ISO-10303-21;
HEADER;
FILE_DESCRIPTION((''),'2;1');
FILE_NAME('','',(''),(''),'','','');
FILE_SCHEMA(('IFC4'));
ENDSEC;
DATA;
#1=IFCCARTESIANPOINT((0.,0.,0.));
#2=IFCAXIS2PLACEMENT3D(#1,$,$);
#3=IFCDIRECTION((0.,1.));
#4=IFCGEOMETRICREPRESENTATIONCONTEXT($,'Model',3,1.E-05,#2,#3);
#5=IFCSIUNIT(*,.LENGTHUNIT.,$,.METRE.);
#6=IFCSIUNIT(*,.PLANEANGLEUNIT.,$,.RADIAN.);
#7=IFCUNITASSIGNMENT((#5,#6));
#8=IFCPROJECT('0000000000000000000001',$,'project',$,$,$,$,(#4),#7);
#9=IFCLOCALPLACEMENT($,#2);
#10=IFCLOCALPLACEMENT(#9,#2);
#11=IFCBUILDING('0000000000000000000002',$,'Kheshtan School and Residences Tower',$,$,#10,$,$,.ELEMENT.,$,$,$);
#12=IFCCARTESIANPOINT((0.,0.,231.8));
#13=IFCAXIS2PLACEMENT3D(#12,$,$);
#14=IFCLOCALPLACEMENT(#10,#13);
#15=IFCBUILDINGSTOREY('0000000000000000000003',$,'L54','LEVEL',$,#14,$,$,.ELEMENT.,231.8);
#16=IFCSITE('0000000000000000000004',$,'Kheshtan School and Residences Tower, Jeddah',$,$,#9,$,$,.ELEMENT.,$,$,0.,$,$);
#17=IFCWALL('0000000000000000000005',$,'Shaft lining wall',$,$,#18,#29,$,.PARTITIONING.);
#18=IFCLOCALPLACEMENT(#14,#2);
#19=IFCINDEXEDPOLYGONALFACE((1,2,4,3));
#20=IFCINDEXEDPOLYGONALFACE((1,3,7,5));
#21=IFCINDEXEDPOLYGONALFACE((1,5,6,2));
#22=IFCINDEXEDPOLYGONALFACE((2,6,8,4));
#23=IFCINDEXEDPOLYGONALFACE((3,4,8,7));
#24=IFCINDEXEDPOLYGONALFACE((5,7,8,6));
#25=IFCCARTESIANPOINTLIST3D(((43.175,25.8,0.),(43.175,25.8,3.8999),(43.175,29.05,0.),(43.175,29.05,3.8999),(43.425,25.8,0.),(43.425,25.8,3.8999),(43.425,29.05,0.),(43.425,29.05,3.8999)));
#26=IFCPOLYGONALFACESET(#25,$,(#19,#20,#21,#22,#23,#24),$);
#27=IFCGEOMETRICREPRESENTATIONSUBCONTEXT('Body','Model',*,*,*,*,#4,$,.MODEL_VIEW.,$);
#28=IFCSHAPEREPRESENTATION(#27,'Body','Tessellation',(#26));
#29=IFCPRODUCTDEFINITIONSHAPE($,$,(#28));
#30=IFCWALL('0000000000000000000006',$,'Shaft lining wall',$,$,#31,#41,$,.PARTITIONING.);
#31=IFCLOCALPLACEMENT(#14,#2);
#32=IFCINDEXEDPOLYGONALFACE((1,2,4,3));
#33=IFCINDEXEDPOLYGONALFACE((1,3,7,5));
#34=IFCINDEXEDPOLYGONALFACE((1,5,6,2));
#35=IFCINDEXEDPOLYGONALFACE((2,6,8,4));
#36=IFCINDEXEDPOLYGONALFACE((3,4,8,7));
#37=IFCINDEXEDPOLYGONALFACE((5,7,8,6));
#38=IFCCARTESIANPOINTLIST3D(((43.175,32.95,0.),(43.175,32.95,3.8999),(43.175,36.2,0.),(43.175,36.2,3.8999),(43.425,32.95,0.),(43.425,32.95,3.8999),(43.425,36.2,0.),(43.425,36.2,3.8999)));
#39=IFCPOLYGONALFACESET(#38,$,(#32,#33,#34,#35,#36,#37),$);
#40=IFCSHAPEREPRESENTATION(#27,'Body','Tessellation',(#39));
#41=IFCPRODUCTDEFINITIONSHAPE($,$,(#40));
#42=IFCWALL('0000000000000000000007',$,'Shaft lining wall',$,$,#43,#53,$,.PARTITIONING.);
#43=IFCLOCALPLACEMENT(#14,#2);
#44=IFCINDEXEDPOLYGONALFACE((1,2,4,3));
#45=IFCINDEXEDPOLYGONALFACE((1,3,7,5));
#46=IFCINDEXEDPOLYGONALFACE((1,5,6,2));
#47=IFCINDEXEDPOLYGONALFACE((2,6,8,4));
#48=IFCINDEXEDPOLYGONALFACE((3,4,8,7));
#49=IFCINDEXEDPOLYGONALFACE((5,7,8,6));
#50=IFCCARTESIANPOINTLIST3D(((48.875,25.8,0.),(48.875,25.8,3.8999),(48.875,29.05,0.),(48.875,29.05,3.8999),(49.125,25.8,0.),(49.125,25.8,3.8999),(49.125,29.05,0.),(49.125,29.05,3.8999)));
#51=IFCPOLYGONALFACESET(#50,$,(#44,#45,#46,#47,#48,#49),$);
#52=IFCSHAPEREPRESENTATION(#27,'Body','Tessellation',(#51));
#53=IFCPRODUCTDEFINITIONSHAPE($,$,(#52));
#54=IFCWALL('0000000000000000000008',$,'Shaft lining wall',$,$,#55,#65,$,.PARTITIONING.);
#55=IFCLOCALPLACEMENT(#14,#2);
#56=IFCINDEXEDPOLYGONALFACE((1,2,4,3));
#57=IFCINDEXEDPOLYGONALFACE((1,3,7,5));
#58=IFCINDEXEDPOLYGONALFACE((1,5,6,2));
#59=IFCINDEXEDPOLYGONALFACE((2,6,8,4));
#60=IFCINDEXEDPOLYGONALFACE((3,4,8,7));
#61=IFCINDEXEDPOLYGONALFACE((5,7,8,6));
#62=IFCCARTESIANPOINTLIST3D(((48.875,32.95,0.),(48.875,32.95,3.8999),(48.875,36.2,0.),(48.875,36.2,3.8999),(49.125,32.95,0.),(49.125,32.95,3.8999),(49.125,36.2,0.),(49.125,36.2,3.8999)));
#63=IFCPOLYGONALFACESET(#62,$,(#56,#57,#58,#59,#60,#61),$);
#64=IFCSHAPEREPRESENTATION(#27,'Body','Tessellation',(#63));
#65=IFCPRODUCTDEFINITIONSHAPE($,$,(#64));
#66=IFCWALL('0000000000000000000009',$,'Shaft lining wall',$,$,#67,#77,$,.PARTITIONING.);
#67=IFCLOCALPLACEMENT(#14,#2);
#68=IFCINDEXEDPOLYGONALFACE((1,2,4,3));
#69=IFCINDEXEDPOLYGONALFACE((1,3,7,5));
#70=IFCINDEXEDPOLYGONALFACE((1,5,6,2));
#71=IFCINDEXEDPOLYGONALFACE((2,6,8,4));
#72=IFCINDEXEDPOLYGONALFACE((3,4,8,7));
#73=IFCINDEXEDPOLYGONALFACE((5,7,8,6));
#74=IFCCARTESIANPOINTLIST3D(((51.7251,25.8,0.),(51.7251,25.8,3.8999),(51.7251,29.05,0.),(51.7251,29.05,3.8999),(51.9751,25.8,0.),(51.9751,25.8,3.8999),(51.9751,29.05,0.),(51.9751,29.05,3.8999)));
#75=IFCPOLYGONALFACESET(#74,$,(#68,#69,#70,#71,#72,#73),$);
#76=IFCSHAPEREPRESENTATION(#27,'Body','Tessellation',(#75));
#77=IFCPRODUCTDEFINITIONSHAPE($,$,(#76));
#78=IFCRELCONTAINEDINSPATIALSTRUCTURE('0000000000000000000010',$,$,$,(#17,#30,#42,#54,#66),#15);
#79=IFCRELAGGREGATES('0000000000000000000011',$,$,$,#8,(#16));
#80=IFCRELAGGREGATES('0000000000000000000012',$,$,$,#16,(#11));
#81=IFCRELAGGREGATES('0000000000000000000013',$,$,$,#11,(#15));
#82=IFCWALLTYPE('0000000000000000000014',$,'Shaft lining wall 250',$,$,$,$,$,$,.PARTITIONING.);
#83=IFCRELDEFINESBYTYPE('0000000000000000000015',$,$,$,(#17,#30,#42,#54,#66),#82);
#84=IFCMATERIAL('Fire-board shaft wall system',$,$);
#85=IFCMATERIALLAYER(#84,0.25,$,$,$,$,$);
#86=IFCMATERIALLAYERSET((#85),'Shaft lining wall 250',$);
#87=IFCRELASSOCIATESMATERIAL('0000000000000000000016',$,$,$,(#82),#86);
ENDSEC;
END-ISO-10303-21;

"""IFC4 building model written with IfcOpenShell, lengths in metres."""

from ifc_helpers import new_model, si_unit, direction, frame, frame_2d, origin, place, context, subcontext, project, spatial, rectangle, extrude, material, layer, layer_set, type_object, element, save


model = new_model("IFC4")

# Units and contexts
model_context = context("Model", 3, precision=1e-05, world=origin(), true_north=direction((0.0, 1.0)))
body_context = subcontext(model_context, "Body", "Model", "MODEL_VIEW")
ifc_project = project(units=[si_unit("LENGTHUNIT", "METRE"), si_unit("PLANEANGLEUNIT", "RADIAN")], contexts=[model_context])

# Site, building, storey
site_placement = place(None, origin())
site = spatial("IfcSite", under=ifc_project, at=site_placement, Name="Kheshtan School and Residences Tower, Jeddah", CompositionType="ELEMENT", RefElevation=0.0)
building_placement = place(site_placement, origin())
building = spatial("IfcBuilding", under=site, at=building_placement, Name="Kheshtan School and Residences Tower", CompositionType="ELEMENT")
storey_placement = place(building_placement, frame((0.0, 0.0, 231.8)))
storey = spatial("IfcBuildingStorey", under=building, at=storey_placement, Name="L54", Description="LEVEL", CompositionType="ELEMENT", Elevation=231.8)

# Walls
ifc_material_1 = material(Name="Fire-board shaft wall system")
ifc_layer = layer(ifc_material_1, 0.25)
ifc_layer_set = layer_set([ifc_layer], Name="Shaft lining wall 250")
wall_type = type_object("IfcWallType", Name="Shaft lining wall 250", PredefinedType="PARTITIONING", material=ifc_layer_set)
for number, where, z_axis, x_axis, name in (
    (1, (43.3, 25.8, 0.0), (0.0, 0.0, 1.0), (0.0, 1.0, 0.0), "Shaft lining wall"),
    (2, (43.3, 32.95, 0.0), (0.0, 0.0, 1.0), (0.0, 1.0, 0.0), "Shaft lining wall"),
    (3, (49.0, 25.8, 0.0), (0.0, 0.0, 1.0), (0.0, 1.0, 0.0), "Shaft lining wall"),
    (4, (49.0, 32.95, 0.0), (0.0, 0.0, 1.0), (0.0, 1.0, 0.0), "Shaft lining wall"),
    (5, (51.8501, 25.8, 0.0), (0.0, 0.0, 1.0), (0.0, 1.0, 0.0), "Shaft lining wall"),
):
    element("IfcWall", number, at=place(storey_placement, frame(where, z_axis=z_axis, x_axis=x_axis)), inside=storey, type_object=wall_type, Name=name, PredefinedType="PARTITIONING", context=body_context, shape_type="SweptSolid", body=[
        extrude(rectangle(XDim=3.25, YDim=0.25, at=frame_2d((1.625, 0.0))), origin(), (0.0, 0.0, 1.0), 3.8999),
    ])

save(model, "model.ifc")
